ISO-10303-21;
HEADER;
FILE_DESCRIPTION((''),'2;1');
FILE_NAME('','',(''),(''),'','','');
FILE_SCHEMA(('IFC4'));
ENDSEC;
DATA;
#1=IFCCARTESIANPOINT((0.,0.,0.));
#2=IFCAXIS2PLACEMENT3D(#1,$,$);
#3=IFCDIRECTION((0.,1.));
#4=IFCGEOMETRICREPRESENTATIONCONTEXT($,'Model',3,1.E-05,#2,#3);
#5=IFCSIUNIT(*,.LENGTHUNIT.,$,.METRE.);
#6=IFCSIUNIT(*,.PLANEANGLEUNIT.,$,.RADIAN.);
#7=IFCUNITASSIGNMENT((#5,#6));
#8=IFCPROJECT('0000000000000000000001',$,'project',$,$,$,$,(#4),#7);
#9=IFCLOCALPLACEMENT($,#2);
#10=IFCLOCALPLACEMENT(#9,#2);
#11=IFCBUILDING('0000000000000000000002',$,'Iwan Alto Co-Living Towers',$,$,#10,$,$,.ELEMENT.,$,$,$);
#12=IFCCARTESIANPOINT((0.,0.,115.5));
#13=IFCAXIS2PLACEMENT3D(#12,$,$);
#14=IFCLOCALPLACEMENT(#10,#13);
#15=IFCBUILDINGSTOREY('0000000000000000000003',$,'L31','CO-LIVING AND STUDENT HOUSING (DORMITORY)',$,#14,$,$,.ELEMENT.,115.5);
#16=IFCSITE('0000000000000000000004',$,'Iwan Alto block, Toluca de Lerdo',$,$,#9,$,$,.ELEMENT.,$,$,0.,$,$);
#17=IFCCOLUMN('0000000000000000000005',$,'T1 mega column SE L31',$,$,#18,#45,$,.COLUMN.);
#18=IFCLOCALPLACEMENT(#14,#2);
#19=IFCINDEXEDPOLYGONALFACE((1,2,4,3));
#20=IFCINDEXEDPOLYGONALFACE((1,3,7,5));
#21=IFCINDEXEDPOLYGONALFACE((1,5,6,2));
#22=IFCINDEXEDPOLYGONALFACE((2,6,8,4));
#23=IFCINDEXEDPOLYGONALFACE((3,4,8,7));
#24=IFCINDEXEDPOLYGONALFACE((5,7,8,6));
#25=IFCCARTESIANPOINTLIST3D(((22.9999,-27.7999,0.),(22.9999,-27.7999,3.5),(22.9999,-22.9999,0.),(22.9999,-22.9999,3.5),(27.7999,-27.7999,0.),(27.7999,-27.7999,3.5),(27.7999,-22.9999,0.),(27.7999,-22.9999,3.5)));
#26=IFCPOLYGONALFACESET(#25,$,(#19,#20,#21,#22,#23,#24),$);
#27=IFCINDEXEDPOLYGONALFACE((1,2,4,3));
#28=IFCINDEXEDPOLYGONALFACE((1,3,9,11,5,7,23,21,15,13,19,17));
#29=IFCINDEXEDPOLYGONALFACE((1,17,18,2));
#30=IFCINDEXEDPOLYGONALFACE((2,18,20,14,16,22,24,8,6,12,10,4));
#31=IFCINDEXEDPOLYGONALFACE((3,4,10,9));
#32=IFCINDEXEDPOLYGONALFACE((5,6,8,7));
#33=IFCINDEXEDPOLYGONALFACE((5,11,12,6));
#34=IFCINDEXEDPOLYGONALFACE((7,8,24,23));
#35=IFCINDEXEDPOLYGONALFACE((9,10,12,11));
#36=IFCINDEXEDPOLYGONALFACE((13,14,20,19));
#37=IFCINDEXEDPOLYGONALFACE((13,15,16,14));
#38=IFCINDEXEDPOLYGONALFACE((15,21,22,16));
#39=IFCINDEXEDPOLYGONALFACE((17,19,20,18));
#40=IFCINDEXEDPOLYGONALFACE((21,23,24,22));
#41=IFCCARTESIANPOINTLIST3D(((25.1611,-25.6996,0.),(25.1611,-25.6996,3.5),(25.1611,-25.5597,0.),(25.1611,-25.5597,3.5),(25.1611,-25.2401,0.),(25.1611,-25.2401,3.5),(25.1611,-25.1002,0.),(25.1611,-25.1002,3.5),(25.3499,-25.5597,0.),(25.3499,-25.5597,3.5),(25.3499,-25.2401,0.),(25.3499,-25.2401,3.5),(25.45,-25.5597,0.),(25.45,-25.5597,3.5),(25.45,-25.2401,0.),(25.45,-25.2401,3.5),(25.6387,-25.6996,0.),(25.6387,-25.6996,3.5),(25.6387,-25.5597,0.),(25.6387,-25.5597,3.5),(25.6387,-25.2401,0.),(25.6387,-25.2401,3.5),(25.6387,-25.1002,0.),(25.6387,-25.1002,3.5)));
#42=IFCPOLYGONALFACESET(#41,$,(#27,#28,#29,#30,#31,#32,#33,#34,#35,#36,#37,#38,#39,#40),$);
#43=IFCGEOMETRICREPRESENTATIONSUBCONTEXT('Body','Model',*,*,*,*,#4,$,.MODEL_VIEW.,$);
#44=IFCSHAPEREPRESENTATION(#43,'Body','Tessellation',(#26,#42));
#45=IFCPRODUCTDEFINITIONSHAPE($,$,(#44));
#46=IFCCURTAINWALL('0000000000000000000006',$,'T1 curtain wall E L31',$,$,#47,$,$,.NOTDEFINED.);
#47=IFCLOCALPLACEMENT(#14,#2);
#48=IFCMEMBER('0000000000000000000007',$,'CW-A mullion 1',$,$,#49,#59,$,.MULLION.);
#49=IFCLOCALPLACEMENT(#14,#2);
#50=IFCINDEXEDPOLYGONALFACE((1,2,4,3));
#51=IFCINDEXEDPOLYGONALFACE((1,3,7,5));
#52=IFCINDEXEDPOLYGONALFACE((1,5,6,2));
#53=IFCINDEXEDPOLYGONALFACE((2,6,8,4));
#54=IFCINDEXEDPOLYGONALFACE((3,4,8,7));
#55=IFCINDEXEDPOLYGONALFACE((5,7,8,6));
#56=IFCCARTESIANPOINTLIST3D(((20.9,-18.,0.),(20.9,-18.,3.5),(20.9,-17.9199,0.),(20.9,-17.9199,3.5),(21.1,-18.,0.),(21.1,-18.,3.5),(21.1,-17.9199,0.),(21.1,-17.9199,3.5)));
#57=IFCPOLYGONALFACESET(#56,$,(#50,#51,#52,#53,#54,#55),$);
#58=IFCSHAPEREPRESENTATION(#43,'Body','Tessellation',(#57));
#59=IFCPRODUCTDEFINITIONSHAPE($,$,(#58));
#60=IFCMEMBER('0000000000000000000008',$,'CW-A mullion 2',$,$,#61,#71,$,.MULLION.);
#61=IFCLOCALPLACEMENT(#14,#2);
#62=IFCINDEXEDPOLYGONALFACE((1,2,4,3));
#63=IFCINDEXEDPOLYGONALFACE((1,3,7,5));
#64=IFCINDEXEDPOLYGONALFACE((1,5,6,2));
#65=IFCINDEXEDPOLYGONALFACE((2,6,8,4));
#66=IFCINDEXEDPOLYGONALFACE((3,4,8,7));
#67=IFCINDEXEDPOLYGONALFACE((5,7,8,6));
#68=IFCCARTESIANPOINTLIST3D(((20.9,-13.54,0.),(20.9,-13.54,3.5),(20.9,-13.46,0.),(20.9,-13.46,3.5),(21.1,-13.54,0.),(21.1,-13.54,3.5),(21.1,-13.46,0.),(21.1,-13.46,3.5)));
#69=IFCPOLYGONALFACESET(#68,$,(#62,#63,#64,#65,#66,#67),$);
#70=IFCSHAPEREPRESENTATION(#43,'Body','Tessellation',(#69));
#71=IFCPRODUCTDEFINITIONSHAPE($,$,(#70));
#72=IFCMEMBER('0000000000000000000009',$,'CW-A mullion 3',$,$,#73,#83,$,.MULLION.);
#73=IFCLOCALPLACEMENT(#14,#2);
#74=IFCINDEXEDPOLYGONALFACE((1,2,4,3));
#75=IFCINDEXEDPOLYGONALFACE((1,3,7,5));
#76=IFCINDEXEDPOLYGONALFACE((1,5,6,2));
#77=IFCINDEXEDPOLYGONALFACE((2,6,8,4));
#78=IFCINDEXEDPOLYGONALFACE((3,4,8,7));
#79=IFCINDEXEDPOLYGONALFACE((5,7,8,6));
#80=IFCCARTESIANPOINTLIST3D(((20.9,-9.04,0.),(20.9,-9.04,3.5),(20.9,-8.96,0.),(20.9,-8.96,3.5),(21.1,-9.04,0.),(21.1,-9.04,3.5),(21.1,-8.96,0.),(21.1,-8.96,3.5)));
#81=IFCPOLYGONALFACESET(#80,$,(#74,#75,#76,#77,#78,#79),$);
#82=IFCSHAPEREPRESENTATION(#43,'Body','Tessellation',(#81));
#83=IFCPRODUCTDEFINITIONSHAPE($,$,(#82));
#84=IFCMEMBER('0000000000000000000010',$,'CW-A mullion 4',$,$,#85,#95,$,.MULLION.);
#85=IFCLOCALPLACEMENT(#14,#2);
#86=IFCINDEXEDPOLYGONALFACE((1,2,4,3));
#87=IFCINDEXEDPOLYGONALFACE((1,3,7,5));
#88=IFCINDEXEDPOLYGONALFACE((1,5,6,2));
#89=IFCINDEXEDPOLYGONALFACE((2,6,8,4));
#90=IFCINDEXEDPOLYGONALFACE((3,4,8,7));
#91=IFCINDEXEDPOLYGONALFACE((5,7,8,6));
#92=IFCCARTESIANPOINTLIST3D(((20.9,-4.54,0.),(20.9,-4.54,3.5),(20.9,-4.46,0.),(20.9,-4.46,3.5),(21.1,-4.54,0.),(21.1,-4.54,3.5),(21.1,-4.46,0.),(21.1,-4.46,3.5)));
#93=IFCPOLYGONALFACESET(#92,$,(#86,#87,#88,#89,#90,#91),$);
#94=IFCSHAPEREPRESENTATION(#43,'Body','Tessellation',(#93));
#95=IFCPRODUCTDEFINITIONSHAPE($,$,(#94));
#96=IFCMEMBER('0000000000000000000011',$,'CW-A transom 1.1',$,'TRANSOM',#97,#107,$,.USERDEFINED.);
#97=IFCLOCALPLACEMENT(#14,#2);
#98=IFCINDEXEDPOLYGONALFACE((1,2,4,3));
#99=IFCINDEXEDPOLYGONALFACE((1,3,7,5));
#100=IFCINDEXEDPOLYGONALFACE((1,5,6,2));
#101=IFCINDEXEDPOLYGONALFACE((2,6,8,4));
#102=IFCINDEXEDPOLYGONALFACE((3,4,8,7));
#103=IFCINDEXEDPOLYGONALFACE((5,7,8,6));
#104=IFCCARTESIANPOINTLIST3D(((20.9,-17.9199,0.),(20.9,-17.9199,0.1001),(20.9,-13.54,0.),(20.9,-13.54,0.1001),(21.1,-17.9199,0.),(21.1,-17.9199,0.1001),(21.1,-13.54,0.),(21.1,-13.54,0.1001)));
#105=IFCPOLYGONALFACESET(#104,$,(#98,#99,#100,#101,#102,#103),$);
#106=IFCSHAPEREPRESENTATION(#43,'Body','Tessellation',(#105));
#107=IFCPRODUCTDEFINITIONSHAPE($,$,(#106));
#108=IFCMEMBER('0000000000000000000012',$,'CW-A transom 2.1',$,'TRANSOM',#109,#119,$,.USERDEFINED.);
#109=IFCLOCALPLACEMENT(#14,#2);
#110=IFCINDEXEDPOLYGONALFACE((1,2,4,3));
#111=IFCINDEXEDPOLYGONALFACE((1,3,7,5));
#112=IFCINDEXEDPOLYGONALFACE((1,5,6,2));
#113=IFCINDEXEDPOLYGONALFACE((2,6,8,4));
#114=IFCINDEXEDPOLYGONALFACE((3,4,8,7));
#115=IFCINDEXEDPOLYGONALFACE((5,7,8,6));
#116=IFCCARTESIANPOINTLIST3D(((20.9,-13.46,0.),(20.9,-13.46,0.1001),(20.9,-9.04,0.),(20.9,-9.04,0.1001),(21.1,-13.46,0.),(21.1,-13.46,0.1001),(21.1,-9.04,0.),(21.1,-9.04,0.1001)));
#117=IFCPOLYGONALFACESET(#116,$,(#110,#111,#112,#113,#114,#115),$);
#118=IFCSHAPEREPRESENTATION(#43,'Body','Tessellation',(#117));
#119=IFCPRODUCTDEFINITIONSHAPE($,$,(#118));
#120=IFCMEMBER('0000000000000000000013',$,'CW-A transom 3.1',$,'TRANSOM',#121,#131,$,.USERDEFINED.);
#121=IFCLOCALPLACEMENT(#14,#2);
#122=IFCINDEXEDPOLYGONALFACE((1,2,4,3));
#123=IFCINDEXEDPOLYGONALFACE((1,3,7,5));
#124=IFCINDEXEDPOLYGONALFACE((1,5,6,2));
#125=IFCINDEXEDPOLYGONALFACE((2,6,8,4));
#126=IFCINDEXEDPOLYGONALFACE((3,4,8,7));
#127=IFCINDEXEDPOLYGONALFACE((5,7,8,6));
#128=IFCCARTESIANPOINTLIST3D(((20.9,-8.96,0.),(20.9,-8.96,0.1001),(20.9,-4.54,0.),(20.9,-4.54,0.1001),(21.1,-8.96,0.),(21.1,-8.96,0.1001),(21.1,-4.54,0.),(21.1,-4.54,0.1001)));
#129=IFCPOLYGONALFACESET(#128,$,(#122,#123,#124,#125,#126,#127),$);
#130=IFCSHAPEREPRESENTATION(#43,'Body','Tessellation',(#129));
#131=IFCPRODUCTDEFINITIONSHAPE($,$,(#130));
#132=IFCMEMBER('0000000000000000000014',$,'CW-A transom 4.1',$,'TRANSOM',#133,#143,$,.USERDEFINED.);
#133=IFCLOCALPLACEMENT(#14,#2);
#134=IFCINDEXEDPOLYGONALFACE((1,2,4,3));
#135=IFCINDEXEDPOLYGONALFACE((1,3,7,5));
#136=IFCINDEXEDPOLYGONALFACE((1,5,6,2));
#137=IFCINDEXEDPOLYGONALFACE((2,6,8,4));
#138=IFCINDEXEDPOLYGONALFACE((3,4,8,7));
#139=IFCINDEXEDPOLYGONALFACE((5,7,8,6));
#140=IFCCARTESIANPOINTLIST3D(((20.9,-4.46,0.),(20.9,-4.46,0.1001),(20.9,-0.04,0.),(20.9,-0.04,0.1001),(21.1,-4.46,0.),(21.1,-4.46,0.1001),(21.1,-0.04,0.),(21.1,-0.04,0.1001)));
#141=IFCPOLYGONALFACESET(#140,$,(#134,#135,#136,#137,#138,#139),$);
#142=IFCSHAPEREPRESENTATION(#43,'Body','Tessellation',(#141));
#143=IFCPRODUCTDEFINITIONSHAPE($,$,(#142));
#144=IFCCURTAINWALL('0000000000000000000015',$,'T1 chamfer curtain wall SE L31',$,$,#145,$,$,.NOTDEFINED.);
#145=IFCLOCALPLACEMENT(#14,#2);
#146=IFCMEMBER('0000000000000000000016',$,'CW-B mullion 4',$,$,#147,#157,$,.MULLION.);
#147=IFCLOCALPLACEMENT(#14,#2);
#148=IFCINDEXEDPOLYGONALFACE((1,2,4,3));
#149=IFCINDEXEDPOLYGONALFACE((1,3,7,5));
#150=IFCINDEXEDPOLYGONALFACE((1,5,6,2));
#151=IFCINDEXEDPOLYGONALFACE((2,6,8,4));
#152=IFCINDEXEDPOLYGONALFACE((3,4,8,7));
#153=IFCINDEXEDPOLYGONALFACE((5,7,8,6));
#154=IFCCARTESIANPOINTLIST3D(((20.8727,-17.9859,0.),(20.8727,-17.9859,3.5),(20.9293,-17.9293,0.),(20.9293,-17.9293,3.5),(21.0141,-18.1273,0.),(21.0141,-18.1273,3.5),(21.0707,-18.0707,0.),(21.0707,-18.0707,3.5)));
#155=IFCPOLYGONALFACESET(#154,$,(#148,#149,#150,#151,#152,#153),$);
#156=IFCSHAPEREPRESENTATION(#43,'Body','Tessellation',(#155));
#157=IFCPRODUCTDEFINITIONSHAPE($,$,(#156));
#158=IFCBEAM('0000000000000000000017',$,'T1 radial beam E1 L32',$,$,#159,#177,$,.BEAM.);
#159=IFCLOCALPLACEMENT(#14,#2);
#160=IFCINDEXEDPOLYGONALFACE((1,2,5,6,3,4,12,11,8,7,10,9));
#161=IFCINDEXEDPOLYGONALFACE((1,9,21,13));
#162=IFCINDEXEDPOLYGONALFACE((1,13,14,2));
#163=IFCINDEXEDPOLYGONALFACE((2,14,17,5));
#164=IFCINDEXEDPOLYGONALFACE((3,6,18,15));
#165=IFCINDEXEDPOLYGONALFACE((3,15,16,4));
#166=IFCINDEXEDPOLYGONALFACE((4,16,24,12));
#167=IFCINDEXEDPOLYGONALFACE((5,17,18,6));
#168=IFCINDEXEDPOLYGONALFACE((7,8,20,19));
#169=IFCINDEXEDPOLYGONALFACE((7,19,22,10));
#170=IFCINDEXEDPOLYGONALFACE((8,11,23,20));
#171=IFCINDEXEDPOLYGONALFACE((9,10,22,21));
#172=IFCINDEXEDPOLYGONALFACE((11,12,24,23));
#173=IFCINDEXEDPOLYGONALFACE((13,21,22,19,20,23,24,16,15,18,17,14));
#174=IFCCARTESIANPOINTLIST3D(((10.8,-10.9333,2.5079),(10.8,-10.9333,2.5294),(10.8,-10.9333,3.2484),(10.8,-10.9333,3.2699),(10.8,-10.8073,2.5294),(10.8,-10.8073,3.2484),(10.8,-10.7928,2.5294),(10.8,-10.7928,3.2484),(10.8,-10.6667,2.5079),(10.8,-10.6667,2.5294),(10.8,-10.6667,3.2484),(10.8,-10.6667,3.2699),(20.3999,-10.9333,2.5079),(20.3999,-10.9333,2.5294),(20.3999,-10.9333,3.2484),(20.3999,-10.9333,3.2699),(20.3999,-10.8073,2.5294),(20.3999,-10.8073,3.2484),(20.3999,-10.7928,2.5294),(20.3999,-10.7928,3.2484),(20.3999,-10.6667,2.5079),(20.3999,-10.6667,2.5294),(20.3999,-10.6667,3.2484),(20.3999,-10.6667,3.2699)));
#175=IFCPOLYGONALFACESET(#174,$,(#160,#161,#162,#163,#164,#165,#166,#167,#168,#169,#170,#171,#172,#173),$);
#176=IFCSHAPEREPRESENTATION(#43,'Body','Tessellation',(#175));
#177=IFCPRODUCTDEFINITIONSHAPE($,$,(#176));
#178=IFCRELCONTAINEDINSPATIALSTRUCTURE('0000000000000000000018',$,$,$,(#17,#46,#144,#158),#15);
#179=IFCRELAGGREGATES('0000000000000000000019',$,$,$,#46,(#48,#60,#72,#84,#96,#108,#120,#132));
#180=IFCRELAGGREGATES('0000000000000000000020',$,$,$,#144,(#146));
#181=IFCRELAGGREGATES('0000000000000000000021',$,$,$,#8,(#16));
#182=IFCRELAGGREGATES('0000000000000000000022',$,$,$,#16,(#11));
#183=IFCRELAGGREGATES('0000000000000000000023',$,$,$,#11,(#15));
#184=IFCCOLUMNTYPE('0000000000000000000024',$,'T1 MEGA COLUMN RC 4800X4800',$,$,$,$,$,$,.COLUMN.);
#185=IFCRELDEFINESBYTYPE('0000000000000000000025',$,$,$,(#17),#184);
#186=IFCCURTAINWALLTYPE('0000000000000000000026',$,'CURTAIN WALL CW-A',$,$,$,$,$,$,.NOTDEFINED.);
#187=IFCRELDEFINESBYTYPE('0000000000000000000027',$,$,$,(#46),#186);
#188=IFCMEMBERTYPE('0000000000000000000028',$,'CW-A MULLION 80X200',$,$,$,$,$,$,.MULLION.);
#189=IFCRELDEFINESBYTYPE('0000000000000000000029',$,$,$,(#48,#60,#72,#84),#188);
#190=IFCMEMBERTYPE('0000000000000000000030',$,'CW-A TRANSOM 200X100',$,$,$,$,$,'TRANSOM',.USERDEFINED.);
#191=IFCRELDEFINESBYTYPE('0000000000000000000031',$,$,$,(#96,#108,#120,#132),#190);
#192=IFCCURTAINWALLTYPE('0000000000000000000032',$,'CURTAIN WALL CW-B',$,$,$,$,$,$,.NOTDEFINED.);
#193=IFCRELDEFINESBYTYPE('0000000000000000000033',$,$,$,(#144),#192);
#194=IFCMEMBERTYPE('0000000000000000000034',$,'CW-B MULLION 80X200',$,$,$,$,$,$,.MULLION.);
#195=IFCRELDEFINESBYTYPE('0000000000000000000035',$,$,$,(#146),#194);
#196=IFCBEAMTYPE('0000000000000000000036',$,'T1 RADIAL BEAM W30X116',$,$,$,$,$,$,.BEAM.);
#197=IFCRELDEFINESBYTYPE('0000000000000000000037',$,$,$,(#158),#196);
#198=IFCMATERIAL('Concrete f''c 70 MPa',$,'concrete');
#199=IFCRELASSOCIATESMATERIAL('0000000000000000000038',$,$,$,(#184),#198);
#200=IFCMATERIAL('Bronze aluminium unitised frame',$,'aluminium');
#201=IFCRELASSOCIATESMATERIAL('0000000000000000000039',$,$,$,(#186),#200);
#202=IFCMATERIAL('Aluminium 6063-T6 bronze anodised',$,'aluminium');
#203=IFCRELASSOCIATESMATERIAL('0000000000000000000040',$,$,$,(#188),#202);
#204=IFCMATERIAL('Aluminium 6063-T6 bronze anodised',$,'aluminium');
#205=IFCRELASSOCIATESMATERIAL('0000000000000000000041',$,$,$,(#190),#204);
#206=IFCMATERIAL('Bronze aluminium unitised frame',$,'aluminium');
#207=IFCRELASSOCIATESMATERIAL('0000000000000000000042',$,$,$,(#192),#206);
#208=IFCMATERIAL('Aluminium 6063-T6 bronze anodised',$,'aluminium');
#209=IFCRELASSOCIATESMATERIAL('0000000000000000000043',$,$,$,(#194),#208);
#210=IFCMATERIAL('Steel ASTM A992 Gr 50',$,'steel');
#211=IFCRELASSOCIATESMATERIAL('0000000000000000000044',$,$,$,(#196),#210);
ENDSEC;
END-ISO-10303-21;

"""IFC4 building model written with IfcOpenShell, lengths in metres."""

from ifc_helpers import new_model, si_unit, direction, frame, origin, origin_2d, place, context, subcontext, project, spatial, rectangle, i_section, extrude, material, material_profile, profile_set, type_object, element, aggregate, save


model = new_model("IFC4")

# Units and contexts
model_context = context("Model", 3, precision=1e-05, world=origin(), true_north=direction((0.0, 1.0)))
body_context = subcontext(model_context, "Body", "Model", "MODEL_VIEW")
ifc_project = project(units=[si_unit("LENGTHUNIT", "METRE"), si_unit("PLANEANGLEUNIT", "RADIAN")], contexts=[model_context])

# Site, building, storey
site_placement = place(None, origin())
site = spatial("IfcSite", under=ifc_project, at=site_placement, Name="Iwan Alto block, Toluca de Lerdo", CompositionType="ELEMENT", RefElevation=0.0)
building_placement = place(site_placement, origin())
building = spatial("IfcBuilding", under=site, at=building_placement, Name="Iwan Alto Co-Living Towers", CompositionType="ELEMENT")
storey_placement = place(building_placement, frame((0.0, 0.0, 115.5)))
storey = spatial("IfcBuildingStorey", under=building, at=storey_placement, Name="L31", Description="CO-LIVING AND STUDENT HOUSING (DORMITORY)", CompositionType="ELEMENT", Elevation=115.5)

# Column
ifc_material_1 = material(Name="Concrete f'c 70 MPa", Category="concrete")
ifc_material_profile_1 = material_profile(ifc_material_1, rectangle(XDim=4.8, YDim=4.8, at=origin_2d()), Name="RC 4800X4800")
ifc_profile_set_1 = profile_set([ifc_material_profile_1], Name="Concrete f'c 70 MPa")
column_type = type_object("IfcColumnType", Name="T1 MEGA COLUMN RC 4800X4800", PredefinedType="COLUMN", material=ifc_profile_set_1)
column_placement = place(storey_placement, frame((25.3999, -25.3999, 0.0), z_axis=(0.0, 0.0, 1.0), x_axis=(1.0, 0.0, 0.0)))
element("IfcColumn", 1, at=column_placement, inside=storey, type_object=column_type, Name="T1 mega column SE L31", PredefinedType="COLUMN", context=body_context, shape_type="SweptSolid", body=[
    extrude(rectangle(XDim=4.8, YDim=4.8, at=origin_2d()), origin(), (0.0, 0.0, 1.0), 3.5),
    extrude(i_section(OverallWidth=0.4775, OverallDepth=0.5994, WebThickness=0.1001, FlangeThickness=0.1399, at=origin_2d()), origin(), (0.0, 0.0, 1.0), 3.5),
])

# Curtain wall, members
ifc_material_2 = material(Name="Bronze aluminium unitised frame", Category="aluminium")
curtain_wall_type_1 = type_object("IfcCurtainWallType", Name="CURTAIN WALL CW-A", PredefinedType="NOTDEFINED", material=ifc_material_2)
curtain_wall_1_placement = place(storey_placement, origin())
curtain_wall_1 = element("IfcCurtainWall", 2, at=curtain_wall_1_placement, inside=storey, type_object=curtain_wall_type_1, Name="T1 curtain wall E L31", PredefinedType="NOTDEFINED")
ifc_material_3 = material(Name="Aluminium 6063-T6 bronze anodised", Category="aluminium")
ifc_material_profile_2 = material_profile(ifc_material_3, rectangle(XDim=0.2, YDim=0.0801, at=origin_2d()), Name="AL 80X200")
ifc_profile_set_2 = profile_set([ifc_material_profile_2], Name="Aluminium 6063-T6 bronze anodised")
member_type_1 = type_object("IfcMemberType", Name="CW-A MULLION 80X200", PredefinedType="MULLION", material=ifc_profile_set_2)
member_1_placement = place(storey_placement, frame((21.0, -17.96, 0.0), z_axis=(0.0, 0.0, 1.0), x_axis=(-1.0, 0.0, 0.0)))
member_1 = element("IfcMember", 3, at=member_1_placement, type_object=member_type_1, Name="CW-A mullion 1", PredefinedType="MULLION", context=body_context, shape_type="SweptSolid", body=[
    extrude(rectangle(XDim=0.2, YDim=0.0801, at=origin_2d()), origin(), (0.0, 0.0, 1.0), 3.5),
])
member_2_placement = place(storey_placement, frame((21.0, -13.5, 0.0), z_axis=(0.0, 0.0, 1.0), x_axis=(-1.0, 0.0, 0.0)))
member_2 = element("IfcMember", 4, at=member_2_placement, type_object=member_type_1, Name="CW-A mullion 2", PredefinedType="MULLION", context=body_context, shape_type="SweptSolid", body=[
    extrude(rectangle(XDim=0.2, YDim=0.0801, at=origin_2d()), origin(), (0.0, 0.0, 1.0), 3.5),
])
member_3_placement = place(storey_placement, frame((21.0, -9.0, 0.0), z_axis=(0.0, 0.0, 1.0), x_axis=(-1.0, 0.0, 0.0)))
member_3 = element("IfcMember", 5, at=member_3_placement, type_object=member_type_1, Name="CW-A mullion 3", PredefinedType="MULLION", context=body_context, shape_type="SweptSolid", body=[
    extrude(rectangle(XDim=0.2, YDim=0.0801, at=origin_2d()), origin(), (0.0, 0.0, 1.0), 3.5),
])
member_4_placement = place(storey_placement, frame((21.0, -4.5, 0.0), z_axis=(0.0, 0.0, 1.0), x_axis=(-1.0, 0.0, 0.0)))
member_4 = element("IfcMember", 6, at=member_4_placement, type_object=member_type_1, Name="CW-A mullion 4", PredefinedType="MULLION", context=body_context, shape_type="SweptSolid", body=[
    extrude(rectangle(XDim=0.2, YDim=0.0801, at=origin_2d()), origin(), (0.0, 0.0, 1.0), 3.5),
])
ifc_material_4 = material(Name="Aluminium 6063-T6 bronze anodised", Category="aluminium")
ifc_material_profile_3 = material_profile(ifc_material_4, rectangle(XDim=0.2, YDim=0.1001, at=origin_2d()), Name="AL 200X100")
ifc_profile_set_3 = profile_set([ifc_material_profile_3], Name="Aluminium 6063-T6 bronze anodised")
member_type_2 = type_object("IfcMemberType", Name="CW-A TRANSOM 200X100", ElementType="TRANSOM", PredefinedType="USERDEFINED", material=ifc_profile_set_3)
member_5_placement = place(storey_placement, frame((21.0, -17.9199, 0.05), z_axis=(0.0, 1.0, 0.0), x_axis=(-1.0, 0.0, 0.0)))
member_5 = element("IfcMember", 7, at=member_5_placement, type_object=member_type_2, Name="CW-A transom 1.1", ObjectType="TRANSOM", PredefinedType="USERDEFINED", context=body_context, shape_type="SweptSolid", body=[
    extrude(rectangle(XDim=0.2, YDim=0.1001, at=origin_2d()), origin(), (0.0, 0.0, 1.0), 4.3799),
])
member_6_placement = place(storey_placement, frame((21.0, -13.46, 0.05), z_axis=(0.0, 1.0, 0.0), x_axis=(-1.0, 0.0, 0.0)))
member_6 = element("IfcMember", 8, at=member_6_placement, type_object=member_type_2, Name="CW-A transom 2.1", ObjectType="TRANSOM", PredefinedType="USERDEFINED", context=body_context, shape_type="SweptSolid", body=[
    extrude(rectangle(XDim=0.2, YDim=0.1001, at=origin_2d()), origin(), (0.0, 0.0, 1.0), 4.4199),
])
member_7_placement = place(storey_placement, frame((21.0, -8.96, 0.05), z_axis=(0.0, 1.0, 0.0), x_axis=(-1.0, 0.0, 0.0)))
member_7 = element("IfcMember", 9, at=member_7_placement, type_object=member_type_2, Name="CW-A transom 3.1", ObjectType="TRANSOM", PredefinedType="USERDEFINED", context=body_context, shape_type="SweptSolid", body=[
    extrude(rectangle(XDim=0.2, YDim=0.1001, at=origin_2d()), origin(), (0.0, 0.0, 1.0), 4.4199),
])
member_8_placement = place(storey_placement, frame((21.0, -4.46, 0.05), z_axis=(0.0, 1.0, 0.0), x_axis=(-1.0, 0.0, 0.0)))
member_8 = element("IfcMember", 10, at=member_8_placement, type_object=member_type_2, Name="CW-A transom 4.1", ObjectType="TRANSOM", PredefinedType="USERDEFINED", context=body_context, shape_type="SweptSolid", body=[
    extrude(rectangle(XDim=0.2, YDim=0.1001, at=origin_2d()), origin(), (0.0, 0.0, 1.0), 4.4199),
])

# Curtain wall, member
ifc_material_5 = material(Name="Bronze aluminium unitised frame", Category="aluminium")
curtain_wall_type_2 = type_object("IfcCurtainWallType", Name="CURTAIN WALL CW-B", PredefinedType="NOTDEFINED", material=ifc_material_5)
curtain_wall_2_placement = place(storey_placement, origin())
curtain_wall_2 = element("IfcCurtainWall", 11, at=curtain_wall_2_placement, inside=storey, type_object=curtain_wall_type_2, Name="T1 chamfer curtain wall SE L31", PredefinedType="NOTDEFINED")
ifc_material_6 = material(Name="Aluminium 6063-T6 bronze anodised", Category="aluminium")
ifc_material_profile_4 = material_profile(ifc_material_6, rectangle(XDim=0.2, YDim=0.0801, at=origin_2d()), Name="AL 80X200")
ifc_profile_set_4 = profile_set([ifc_material_profile_4], Name="Aluminium 6063-T6 bronze anodised")
member_type_3 = type_object("IfcMemberType", Name="CW-B MULLION 80X200", PredefinedType="MULLION", material=ifc_profile_set_4)
member_9_placement = place(storey_placement, frame((20.9717, -18.0283, 0.0), z_axis=(0.0, 0.0, 1.0), x_axis=(-0.707107, 0.707107, 0.0)))
member_9 = element("IfcMember", 12, at=member_9_placement, type_object=member_type_3, Name="CW-B mullion 4", PredefinedType="MULLION", context=body_context, shape_type="SweptSolid", body=[
    extrude(rectangle(XDim=0.2, YDim=0.0801, at=origin_2d()), origin(), (0.0, 0.0, 1.0), 3.5),
])

# Beam
ifc_material_7 = material(Name="Steel ASTM A992 Gr 50", Category="steel")
ifc_material_profile_5 = material_profile(ifc_material_7, i_section(OverallWidth=0.2666, OverallDepth=0.762, WebThickness=0.0144, FlangeThickness=0.0215, at=origin_2d()), Name="W30X116")
ifc_profile_set_5 = profile_set([ifc_material_profile_5], Name="Steel ASTM A992 Gr 50")
beam_type_1 = type_object("IfcBeamType", Name="T1 RADIAL BEAM W30X116", PredefinedType="BEAM", material=ifc_profile_set_5)
beam_1_placement = place(storey_placement, frame((20.3999, -10.8, 2.8889), z_axis=(-1.0, 0.0, 0.0), x_axis=(0.0, -1.0, 0.0)))
element("IfcBeam", 13, at=beam_1_placement, inside=storey, type_object=beam_type_1, Name="T1 radial beam E1 L32", PredefinedType="BEAM", context=body_context, shape_type="SweptSolid", body=[
    extrude(i_section(OverallWidth=0.2666, OverallDepth=0.762, WebThickness=0.0144, FlangeThickness=0.0215, at=origin_2d()), origin(), (0.0, 0.0, 1.0), 9.5999),
])

aggregate(curtain_wall_1, [member_1, member_2, member_3, member_4, member_5, member_6, member_7, member_8])
aggregate(curtain_wall_2, [member_9])

save(model, "model.ifc")
